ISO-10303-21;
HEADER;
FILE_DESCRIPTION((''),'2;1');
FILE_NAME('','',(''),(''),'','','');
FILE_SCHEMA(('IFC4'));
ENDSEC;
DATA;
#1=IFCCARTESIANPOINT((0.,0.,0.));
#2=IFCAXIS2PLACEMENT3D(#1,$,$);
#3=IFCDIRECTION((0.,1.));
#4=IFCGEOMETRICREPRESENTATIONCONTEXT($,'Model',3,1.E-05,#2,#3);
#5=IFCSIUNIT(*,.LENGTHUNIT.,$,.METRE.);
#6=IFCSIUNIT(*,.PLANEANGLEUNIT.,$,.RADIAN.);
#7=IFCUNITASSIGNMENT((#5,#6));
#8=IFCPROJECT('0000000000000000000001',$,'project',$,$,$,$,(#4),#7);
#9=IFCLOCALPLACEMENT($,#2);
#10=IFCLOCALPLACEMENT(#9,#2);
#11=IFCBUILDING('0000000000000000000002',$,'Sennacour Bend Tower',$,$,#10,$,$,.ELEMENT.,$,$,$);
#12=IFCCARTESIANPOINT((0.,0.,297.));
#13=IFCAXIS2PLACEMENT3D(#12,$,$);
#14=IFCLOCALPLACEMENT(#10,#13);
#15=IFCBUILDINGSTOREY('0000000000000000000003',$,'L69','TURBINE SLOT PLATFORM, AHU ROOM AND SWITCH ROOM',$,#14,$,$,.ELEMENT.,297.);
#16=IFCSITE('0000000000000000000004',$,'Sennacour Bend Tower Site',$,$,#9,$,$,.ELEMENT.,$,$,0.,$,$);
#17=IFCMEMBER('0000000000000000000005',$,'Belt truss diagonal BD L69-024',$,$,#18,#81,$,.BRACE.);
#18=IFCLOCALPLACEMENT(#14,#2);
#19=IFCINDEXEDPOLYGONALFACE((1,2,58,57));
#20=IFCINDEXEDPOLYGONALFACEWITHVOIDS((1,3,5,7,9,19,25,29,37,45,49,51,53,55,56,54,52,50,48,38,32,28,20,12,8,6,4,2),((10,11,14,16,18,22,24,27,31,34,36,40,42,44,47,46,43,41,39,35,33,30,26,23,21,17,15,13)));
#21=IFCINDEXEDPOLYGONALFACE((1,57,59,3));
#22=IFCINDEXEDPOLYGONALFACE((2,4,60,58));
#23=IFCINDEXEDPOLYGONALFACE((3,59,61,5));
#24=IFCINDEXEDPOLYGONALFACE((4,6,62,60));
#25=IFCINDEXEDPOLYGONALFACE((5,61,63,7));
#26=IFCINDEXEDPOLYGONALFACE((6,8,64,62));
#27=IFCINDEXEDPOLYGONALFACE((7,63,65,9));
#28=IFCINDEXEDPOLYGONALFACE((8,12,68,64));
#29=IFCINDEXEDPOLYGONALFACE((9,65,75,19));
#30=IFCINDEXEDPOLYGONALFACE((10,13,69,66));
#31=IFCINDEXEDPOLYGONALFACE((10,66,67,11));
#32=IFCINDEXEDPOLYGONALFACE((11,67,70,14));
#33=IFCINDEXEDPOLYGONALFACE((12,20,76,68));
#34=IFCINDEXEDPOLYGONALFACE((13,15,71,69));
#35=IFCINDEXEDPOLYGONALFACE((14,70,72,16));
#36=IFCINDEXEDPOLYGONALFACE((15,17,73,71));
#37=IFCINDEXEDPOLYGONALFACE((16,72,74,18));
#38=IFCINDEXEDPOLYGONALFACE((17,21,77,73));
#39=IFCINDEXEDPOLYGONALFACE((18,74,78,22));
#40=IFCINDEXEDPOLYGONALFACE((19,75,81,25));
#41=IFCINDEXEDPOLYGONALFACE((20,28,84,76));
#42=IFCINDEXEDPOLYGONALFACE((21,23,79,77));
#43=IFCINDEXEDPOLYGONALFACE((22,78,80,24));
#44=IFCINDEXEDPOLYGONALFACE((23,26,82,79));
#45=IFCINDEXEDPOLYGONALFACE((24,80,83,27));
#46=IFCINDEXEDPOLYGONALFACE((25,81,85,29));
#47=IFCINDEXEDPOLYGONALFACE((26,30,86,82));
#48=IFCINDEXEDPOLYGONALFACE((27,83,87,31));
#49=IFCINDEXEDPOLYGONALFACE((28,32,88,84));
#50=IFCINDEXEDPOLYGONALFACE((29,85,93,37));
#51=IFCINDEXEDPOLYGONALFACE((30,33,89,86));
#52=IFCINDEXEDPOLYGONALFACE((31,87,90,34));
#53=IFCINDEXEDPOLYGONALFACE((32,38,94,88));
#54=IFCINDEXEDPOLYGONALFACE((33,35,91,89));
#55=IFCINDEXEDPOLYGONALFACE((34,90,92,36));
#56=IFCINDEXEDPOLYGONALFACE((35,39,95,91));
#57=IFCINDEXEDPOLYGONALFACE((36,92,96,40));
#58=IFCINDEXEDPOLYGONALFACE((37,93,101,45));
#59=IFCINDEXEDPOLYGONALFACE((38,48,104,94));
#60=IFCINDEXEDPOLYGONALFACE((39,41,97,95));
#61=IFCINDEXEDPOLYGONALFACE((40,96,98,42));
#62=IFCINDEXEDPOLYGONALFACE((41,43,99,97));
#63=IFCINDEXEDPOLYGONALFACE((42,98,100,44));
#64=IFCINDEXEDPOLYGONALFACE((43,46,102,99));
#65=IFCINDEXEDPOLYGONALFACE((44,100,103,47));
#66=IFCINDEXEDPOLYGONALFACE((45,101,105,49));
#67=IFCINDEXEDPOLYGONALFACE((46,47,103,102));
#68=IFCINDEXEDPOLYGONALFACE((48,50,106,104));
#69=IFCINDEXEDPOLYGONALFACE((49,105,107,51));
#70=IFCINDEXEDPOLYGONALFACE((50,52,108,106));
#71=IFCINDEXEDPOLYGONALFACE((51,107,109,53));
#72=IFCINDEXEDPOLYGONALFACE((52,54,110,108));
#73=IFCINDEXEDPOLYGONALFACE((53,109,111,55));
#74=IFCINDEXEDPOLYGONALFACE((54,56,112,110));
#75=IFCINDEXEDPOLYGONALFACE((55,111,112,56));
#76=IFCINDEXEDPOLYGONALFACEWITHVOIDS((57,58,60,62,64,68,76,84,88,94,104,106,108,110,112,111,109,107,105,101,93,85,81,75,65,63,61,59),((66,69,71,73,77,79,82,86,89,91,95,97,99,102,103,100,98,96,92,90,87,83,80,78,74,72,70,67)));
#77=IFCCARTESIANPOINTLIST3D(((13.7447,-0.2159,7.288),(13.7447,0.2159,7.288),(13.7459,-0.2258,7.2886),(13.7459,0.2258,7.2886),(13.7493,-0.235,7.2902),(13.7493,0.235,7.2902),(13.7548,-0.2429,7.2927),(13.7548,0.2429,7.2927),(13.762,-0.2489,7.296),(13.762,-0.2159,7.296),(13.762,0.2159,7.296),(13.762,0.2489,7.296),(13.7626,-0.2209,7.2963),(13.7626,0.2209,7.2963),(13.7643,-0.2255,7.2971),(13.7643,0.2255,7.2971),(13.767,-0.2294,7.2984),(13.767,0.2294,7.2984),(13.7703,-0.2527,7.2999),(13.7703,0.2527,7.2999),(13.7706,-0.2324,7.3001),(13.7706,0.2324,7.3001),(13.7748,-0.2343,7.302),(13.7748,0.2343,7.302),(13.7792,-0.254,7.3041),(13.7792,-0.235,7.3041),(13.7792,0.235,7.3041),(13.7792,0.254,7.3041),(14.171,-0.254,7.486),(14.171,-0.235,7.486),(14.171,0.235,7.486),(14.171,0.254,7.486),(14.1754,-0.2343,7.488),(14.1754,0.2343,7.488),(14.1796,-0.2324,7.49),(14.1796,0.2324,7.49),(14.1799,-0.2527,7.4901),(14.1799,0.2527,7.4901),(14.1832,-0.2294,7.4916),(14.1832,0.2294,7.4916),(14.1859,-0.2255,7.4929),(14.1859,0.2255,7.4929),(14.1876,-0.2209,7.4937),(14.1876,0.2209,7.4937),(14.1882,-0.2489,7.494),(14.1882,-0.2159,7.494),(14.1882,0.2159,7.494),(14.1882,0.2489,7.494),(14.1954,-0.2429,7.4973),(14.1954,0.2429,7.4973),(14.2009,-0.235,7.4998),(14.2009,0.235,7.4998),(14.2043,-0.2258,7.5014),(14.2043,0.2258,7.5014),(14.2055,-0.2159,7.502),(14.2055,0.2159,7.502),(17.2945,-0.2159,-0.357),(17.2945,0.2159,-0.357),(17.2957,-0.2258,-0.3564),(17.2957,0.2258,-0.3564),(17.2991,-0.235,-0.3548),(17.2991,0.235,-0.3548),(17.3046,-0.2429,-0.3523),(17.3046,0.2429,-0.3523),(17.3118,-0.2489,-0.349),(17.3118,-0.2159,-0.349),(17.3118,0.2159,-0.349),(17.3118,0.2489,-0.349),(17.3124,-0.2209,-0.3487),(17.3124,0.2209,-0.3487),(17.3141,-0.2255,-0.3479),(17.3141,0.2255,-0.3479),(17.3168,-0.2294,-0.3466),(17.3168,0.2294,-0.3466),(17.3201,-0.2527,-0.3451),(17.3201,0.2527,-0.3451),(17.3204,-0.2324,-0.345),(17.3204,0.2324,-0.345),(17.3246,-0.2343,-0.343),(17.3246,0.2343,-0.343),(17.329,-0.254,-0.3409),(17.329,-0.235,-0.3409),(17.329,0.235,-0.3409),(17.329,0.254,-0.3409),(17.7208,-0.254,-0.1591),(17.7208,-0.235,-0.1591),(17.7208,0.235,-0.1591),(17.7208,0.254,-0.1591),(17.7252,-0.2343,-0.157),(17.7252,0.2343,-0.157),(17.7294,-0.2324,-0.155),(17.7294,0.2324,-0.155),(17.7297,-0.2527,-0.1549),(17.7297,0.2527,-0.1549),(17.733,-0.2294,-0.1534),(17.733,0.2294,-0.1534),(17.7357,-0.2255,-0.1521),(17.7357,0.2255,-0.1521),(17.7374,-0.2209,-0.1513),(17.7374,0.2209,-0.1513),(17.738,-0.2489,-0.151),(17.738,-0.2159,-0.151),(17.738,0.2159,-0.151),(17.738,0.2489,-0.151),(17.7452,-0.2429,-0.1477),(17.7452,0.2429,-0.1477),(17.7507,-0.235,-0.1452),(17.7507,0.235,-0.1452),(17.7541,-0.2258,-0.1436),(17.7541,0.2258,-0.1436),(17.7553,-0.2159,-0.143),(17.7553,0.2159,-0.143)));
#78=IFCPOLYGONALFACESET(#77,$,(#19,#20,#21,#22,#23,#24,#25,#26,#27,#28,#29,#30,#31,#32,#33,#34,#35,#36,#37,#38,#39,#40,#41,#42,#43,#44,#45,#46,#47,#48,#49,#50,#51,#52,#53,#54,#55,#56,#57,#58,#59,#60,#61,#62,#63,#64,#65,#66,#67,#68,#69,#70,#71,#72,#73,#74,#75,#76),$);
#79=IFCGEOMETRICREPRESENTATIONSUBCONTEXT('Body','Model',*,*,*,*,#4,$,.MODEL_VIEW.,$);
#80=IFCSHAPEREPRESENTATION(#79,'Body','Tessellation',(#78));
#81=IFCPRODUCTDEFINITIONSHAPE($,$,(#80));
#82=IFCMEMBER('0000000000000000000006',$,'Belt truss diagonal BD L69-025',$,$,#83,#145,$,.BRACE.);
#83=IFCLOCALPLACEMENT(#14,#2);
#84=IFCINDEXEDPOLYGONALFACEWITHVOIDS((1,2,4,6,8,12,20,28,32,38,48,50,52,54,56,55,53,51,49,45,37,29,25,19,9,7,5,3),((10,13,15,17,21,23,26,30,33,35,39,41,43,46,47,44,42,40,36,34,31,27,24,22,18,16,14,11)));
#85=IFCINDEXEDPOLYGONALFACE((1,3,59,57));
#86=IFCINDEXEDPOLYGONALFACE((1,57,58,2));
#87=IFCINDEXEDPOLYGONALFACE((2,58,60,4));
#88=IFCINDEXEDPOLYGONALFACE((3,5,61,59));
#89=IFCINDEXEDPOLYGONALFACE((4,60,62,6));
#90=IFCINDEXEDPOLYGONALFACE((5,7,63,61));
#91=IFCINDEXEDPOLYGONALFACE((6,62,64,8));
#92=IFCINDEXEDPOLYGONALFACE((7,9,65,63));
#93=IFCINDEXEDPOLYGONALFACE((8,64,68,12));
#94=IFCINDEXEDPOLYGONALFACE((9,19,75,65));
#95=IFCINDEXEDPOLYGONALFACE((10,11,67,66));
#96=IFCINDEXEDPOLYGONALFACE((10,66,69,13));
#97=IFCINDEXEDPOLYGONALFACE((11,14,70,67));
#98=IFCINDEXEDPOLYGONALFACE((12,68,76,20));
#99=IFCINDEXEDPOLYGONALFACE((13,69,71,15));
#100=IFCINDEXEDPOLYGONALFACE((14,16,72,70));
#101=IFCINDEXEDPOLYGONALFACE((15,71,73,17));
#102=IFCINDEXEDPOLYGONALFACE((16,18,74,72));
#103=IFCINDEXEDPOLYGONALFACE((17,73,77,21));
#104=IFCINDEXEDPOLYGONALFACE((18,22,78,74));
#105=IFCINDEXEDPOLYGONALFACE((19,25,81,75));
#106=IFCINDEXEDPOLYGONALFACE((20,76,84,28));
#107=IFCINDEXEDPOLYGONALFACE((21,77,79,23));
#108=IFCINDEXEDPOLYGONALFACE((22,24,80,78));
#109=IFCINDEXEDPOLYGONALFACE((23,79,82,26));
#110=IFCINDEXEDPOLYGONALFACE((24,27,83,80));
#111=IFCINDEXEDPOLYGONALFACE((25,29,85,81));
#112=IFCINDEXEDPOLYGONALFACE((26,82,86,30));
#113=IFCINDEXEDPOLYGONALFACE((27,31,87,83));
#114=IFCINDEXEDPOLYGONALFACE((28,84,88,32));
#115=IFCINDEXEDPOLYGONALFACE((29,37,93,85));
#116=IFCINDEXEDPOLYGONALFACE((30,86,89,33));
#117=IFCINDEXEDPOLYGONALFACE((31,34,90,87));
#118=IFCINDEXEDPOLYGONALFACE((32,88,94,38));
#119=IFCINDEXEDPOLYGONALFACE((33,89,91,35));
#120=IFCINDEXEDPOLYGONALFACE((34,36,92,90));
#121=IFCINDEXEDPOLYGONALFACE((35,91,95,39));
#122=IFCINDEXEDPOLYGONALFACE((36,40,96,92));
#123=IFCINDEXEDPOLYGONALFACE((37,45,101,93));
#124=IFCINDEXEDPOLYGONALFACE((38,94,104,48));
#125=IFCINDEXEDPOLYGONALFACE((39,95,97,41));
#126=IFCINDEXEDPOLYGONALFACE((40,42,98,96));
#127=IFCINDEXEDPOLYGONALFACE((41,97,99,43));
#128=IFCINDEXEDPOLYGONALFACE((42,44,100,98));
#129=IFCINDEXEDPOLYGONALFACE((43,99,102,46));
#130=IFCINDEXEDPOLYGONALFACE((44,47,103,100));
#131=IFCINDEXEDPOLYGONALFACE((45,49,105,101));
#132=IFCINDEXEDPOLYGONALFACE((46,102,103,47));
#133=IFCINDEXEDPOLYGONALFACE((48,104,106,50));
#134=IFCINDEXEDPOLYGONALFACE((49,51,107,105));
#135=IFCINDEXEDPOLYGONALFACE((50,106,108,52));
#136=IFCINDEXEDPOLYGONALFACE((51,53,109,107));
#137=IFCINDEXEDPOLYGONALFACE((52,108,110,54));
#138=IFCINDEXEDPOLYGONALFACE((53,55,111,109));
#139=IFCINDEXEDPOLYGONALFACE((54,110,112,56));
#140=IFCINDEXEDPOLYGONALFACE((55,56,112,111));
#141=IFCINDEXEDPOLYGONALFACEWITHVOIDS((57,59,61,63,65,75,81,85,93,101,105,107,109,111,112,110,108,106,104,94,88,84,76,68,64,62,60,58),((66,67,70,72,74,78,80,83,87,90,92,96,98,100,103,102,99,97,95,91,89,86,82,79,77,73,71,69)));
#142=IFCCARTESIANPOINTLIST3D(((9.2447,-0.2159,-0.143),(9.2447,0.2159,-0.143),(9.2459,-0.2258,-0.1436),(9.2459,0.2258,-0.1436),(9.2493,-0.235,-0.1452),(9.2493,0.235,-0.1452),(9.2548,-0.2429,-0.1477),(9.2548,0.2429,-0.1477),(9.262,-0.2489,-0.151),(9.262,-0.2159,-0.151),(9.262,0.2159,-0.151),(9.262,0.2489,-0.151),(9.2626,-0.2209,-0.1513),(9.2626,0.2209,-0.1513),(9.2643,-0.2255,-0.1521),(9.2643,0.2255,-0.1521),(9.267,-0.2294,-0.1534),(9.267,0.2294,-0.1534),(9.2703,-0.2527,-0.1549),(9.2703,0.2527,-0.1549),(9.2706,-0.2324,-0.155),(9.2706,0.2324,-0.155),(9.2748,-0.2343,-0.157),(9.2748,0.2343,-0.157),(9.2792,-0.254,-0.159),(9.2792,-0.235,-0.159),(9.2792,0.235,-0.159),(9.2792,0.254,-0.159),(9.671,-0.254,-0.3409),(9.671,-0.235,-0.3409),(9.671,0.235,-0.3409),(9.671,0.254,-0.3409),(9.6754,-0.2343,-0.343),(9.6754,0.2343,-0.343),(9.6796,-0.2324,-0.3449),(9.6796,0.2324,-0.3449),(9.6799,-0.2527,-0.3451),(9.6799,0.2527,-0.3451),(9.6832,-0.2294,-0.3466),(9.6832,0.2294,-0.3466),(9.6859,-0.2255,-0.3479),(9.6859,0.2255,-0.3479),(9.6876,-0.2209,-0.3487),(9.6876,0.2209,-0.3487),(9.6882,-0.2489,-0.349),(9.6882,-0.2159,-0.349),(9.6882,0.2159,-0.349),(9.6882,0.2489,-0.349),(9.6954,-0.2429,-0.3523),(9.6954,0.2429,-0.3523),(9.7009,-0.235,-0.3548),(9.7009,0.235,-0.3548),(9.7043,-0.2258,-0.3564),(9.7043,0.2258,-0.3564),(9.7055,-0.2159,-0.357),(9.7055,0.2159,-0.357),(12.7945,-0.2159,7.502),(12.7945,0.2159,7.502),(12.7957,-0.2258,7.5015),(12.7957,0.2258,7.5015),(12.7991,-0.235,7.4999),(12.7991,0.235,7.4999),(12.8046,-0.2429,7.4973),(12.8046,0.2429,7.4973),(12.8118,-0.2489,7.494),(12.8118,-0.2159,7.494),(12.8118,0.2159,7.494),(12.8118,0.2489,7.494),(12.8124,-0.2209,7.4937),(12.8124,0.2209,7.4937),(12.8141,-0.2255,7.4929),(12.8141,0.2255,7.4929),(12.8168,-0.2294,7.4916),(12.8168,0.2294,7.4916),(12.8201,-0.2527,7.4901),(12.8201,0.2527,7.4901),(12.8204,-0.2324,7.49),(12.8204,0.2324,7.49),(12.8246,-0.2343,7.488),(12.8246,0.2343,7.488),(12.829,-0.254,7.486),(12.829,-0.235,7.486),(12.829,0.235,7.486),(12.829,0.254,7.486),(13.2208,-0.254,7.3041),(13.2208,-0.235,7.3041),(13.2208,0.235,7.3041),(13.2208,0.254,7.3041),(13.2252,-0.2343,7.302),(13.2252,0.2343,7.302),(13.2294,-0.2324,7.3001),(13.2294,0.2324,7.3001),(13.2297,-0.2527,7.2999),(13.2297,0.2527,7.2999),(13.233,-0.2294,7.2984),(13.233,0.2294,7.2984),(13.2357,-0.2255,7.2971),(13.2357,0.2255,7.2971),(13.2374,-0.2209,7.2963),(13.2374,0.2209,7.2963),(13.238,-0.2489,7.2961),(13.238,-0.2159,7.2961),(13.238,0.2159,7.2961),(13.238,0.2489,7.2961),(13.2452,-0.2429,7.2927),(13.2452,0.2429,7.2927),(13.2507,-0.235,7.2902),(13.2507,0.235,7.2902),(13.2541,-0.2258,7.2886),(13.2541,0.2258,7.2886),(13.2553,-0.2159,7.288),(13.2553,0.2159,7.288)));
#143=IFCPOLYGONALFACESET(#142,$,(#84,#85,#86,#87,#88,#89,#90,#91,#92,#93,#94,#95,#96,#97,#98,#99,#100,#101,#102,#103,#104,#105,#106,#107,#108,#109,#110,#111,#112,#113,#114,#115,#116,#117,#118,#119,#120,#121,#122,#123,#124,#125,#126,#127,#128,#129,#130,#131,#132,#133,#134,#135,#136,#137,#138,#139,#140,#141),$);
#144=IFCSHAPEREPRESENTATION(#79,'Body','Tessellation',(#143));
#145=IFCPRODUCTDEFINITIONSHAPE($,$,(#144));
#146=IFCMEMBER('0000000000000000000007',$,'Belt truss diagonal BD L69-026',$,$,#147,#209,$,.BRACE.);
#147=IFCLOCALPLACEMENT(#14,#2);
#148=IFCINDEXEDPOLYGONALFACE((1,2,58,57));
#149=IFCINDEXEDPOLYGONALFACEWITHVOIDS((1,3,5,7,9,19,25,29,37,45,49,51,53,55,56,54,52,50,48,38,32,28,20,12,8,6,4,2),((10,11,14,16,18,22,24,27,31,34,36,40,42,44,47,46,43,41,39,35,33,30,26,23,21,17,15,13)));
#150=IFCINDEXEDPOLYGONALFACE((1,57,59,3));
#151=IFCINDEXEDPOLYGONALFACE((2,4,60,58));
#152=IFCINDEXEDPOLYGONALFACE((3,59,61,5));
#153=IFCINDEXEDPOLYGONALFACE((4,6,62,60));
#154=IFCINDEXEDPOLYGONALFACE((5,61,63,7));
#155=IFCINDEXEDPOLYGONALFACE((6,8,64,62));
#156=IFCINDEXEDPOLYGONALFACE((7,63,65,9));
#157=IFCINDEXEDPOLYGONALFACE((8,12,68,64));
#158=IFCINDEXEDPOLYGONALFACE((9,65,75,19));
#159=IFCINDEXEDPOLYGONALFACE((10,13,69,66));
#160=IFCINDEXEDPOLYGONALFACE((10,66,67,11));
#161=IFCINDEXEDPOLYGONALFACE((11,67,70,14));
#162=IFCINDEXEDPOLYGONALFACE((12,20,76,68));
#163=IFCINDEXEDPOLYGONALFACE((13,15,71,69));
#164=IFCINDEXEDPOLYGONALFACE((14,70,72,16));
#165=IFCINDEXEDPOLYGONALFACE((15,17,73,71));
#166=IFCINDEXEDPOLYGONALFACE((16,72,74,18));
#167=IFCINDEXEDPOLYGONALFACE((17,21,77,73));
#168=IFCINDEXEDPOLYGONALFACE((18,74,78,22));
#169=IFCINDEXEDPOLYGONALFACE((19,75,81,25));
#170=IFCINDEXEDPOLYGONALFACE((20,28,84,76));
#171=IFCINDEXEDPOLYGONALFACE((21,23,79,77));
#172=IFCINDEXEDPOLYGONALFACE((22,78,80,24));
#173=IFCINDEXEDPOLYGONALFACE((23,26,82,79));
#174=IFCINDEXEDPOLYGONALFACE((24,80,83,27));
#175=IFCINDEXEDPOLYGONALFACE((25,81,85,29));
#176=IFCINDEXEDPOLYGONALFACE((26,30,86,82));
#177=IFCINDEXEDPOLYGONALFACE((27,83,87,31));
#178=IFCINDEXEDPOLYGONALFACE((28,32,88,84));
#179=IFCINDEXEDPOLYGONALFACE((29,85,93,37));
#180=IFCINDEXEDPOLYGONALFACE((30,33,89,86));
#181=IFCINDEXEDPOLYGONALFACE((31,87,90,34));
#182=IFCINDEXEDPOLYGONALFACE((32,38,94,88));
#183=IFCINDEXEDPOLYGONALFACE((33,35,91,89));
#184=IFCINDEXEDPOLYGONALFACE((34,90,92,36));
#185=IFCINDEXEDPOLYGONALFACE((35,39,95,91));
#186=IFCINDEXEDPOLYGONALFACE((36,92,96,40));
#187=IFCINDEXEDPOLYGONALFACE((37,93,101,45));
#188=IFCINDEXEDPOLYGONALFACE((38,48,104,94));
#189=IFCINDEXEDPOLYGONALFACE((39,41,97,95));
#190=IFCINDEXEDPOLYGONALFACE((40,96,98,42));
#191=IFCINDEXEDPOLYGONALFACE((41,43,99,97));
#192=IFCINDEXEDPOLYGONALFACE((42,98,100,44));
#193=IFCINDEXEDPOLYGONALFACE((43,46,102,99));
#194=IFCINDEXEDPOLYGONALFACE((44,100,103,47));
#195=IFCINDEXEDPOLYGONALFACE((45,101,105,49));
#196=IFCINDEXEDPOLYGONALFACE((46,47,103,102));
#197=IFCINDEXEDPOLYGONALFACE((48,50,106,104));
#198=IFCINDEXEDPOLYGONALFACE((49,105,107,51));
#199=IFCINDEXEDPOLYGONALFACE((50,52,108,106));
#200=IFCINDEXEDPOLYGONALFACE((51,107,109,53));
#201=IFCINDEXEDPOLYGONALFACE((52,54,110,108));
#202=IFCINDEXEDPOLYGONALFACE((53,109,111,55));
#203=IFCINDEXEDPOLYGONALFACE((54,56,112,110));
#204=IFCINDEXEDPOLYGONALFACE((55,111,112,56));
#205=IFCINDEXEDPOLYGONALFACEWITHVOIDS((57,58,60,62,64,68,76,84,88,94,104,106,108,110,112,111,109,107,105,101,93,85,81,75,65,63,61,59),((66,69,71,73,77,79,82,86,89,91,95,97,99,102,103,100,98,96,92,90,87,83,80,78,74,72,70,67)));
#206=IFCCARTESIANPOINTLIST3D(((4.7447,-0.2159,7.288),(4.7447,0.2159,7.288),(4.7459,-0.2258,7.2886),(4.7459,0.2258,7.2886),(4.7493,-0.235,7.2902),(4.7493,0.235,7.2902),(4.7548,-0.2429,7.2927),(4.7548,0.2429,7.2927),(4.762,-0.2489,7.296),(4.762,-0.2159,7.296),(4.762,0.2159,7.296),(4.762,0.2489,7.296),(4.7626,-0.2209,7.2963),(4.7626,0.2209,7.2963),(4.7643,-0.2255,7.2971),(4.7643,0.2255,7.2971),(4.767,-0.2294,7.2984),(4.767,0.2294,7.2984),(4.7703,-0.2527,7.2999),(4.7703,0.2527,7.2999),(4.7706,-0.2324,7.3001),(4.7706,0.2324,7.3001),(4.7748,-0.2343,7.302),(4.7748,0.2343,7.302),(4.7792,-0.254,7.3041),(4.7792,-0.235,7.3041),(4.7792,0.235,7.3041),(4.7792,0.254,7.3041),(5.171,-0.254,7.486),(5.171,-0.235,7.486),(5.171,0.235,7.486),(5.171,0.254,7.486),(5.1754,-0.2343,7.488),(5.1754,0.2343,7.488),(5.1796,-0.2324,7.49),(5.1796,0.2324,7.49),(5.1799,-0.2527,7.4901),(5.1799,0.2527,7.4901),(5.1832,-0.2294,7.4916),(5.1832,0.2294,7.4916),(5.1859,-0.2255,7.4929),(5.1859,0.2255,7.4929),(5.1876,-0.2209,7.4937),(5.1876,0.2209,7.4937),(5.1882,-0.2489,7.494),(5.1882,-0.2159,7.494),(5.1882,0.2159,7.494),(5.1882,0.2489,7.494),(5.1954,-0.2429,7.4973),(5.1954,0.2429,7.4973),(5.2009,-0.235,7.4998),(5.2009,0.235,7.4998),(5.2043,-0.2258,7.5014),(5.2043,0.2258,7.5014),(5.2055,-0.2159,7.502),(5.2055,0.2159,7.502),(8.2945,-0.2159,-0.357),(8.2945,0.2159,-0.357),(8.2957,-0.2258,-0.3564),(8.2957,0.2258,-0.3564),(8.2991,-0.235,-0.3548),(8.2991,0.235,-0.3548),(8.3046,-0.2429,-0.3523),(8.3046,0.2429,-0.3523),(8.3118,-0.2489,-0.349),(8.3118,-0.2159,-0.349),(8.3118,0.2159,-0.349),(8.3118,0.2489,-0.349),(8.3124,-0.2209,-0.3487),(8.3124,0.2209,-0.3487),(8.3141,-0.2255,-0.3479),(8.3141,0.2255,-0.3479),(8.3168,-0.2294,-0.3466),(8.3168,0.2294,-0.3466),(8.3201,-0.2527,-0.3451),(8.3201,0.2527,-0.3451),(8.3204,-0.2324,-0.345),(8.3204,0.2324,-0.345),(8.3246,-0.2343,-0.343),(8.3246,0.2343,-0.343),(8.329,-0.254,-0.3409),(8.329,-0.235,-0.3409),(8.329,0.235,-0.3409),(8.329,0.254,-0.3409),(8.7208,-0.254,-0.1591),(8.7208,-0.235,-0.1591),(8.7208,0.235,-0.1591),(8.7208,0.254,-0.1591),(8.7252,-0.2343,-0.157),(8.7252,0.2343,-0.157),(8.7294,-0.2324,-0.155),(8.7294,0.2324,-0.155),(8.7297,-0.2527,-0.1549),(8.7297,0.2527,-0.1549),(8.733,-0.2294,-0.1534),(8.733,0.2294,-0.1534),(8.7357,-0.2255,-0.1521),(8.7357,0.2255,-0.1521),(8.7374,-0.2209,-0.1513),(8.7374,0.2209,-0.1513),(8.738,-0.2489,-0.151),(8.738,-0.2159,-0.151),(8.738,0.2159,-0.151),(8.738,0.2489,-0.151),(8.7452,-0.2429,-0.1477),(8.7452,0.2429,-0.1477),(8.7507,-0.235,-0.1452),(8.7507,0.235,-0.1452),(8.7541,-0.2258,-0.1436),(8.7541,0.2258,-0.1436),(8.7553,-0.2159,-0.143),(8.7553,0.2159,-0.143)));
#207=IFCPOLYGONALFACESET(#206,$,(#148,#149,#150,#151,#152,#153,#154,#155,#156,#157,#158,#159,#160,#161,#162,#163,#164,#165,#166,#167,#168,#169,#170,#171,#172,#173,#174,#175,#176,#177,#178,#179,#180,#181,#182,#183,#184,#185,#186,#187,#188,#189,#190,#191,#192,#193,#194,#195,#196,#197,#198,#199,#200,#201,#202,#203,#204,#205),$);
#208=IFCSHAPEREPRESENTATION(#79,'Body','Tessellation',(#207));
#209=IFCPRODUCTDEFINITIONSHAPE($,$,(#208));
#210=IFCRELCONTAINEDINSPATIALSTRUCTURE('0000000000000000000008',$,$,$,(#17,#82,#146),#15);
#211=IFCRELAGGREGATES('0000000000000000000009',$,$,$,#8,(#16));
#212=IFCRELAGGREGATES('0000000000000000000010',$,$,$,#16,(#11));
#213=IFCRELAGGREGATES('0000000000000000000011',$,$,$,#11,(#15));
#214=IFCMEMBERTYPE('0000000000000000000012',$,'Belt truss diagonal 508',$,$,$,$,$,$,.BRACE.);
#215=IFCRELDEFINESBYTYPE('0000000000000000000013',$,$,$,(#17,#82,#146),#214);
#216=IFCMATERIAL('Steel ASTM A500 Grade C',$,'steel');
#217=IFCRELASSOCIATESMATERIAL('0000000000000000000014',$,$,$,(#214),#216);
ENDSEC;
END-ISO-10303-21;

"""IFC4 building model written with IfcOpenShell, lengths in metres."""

from ifc_helpers import new_model, si_unit, direction, frame, origin, origin_2d, place, context, subcontext, project, spatial, hollow_rectangle, extrude, material, material_profile, profile_set, type_object, element, save


model = new_model("IFC4")

# Units and contexts
model_context = context("Model", 3, precision=1e-05, world=origin(), true_north=direction((0.0, 1.0)))
body_context = subcontext(model_context, "Body", "Model", "MODEL_VIEW")
ifc_project = project(units=[si_unit("LENGTHUNIT", "METRE"), si_unit("PLANEANGLEUNIT", "RADIAN")], contexts=[model_context])

# Site, building, storey
site_placement = place(None, origin())
site = spatial("IfcSite", under=ifc_project, at=site_placement, Name="Sennacour Bend Tower Site", CompositionType="ELEMENT", RefElevation=0.0)
building_placement = place(site_placement, origin())
building = spatial("IfcBuilding", under=site, at=building_placement, Name="Sennacour Bend Tower", CompositionType="ELEMENT")
storey_placement = place(building_placement, frame((0.0, 0.0, 297.0)))
storey = spatial("IfcBuildingStorey", under=building, at=storey_placement, Name="L69", Description="TURBINE SLOT PLATFORM, AHU ROOM AND SWITCH ROOM", CompositionType="ELEMENT", Elevation=297.0)

# Members
ifc_material_1 = material(Name="Steel ASTM A500 Grade C", Category="steel")
ifc_material_profile_1 = material_profile(ifc_material_1, hollow_rectangle(XDim=0.5081, YDim=0.5081, WallThickness=0.019, InnerFilletRadius=0.019, OuterFilletRadius=0.0381, at=origin_2d()), Name="Steel ASTM A500 Grade C", Category="steel")
ifc_profile_set_1 = profile_set([ifc_material_profile_1], Name="Steel ASTM A500 Grade C")
member_type_1 = type_object("IfcMemberType", Name="Belt truss diagonal 508", PredefinedType="BRACE", material=ifc_profile_set_1)
for number, where, z_axis, x_axis, name in (
    (1, (17.5249, 0.0, -0.25), (-0.421144, 0.0, 0.906994), (0.0, -1.0, 0.0), "Belt truss diagonal BD L69-024"),
    (2, (13.0249, 0.0, 7.395), (-0.421144, 0.0, -0.906994), (0.0, -1.0, 0.0), "Belt truss diagonal BD L69-025"),
    (3, (8.5249, 0.0, -0.25), (-0.421144, 0.0, 0.906994), (0.0, -1.0, 0.0), "Belt truss diagonal BD L69-026"),
):
    element("IfcMember", number, at=place(storey_placement, frame(where, z_axis=z_axis, x_axis=x_axis)), inside=storey, type_object=member_type_1, Name=name, PredefinedType="BRACE", context=body_context, shape_type="SweptSolid", body=[
        extrude(hollow_rectangle(XDim=0.5081, YDim=0.5081, WallThickness=0.019, InnerFilletRadius=0.019, OuterFilletRadius=0.0381, at=origin_2d()), origin(), (0.0, 0.0, 1.0), 8.429),
    ])

save(model, "model.ifc")
